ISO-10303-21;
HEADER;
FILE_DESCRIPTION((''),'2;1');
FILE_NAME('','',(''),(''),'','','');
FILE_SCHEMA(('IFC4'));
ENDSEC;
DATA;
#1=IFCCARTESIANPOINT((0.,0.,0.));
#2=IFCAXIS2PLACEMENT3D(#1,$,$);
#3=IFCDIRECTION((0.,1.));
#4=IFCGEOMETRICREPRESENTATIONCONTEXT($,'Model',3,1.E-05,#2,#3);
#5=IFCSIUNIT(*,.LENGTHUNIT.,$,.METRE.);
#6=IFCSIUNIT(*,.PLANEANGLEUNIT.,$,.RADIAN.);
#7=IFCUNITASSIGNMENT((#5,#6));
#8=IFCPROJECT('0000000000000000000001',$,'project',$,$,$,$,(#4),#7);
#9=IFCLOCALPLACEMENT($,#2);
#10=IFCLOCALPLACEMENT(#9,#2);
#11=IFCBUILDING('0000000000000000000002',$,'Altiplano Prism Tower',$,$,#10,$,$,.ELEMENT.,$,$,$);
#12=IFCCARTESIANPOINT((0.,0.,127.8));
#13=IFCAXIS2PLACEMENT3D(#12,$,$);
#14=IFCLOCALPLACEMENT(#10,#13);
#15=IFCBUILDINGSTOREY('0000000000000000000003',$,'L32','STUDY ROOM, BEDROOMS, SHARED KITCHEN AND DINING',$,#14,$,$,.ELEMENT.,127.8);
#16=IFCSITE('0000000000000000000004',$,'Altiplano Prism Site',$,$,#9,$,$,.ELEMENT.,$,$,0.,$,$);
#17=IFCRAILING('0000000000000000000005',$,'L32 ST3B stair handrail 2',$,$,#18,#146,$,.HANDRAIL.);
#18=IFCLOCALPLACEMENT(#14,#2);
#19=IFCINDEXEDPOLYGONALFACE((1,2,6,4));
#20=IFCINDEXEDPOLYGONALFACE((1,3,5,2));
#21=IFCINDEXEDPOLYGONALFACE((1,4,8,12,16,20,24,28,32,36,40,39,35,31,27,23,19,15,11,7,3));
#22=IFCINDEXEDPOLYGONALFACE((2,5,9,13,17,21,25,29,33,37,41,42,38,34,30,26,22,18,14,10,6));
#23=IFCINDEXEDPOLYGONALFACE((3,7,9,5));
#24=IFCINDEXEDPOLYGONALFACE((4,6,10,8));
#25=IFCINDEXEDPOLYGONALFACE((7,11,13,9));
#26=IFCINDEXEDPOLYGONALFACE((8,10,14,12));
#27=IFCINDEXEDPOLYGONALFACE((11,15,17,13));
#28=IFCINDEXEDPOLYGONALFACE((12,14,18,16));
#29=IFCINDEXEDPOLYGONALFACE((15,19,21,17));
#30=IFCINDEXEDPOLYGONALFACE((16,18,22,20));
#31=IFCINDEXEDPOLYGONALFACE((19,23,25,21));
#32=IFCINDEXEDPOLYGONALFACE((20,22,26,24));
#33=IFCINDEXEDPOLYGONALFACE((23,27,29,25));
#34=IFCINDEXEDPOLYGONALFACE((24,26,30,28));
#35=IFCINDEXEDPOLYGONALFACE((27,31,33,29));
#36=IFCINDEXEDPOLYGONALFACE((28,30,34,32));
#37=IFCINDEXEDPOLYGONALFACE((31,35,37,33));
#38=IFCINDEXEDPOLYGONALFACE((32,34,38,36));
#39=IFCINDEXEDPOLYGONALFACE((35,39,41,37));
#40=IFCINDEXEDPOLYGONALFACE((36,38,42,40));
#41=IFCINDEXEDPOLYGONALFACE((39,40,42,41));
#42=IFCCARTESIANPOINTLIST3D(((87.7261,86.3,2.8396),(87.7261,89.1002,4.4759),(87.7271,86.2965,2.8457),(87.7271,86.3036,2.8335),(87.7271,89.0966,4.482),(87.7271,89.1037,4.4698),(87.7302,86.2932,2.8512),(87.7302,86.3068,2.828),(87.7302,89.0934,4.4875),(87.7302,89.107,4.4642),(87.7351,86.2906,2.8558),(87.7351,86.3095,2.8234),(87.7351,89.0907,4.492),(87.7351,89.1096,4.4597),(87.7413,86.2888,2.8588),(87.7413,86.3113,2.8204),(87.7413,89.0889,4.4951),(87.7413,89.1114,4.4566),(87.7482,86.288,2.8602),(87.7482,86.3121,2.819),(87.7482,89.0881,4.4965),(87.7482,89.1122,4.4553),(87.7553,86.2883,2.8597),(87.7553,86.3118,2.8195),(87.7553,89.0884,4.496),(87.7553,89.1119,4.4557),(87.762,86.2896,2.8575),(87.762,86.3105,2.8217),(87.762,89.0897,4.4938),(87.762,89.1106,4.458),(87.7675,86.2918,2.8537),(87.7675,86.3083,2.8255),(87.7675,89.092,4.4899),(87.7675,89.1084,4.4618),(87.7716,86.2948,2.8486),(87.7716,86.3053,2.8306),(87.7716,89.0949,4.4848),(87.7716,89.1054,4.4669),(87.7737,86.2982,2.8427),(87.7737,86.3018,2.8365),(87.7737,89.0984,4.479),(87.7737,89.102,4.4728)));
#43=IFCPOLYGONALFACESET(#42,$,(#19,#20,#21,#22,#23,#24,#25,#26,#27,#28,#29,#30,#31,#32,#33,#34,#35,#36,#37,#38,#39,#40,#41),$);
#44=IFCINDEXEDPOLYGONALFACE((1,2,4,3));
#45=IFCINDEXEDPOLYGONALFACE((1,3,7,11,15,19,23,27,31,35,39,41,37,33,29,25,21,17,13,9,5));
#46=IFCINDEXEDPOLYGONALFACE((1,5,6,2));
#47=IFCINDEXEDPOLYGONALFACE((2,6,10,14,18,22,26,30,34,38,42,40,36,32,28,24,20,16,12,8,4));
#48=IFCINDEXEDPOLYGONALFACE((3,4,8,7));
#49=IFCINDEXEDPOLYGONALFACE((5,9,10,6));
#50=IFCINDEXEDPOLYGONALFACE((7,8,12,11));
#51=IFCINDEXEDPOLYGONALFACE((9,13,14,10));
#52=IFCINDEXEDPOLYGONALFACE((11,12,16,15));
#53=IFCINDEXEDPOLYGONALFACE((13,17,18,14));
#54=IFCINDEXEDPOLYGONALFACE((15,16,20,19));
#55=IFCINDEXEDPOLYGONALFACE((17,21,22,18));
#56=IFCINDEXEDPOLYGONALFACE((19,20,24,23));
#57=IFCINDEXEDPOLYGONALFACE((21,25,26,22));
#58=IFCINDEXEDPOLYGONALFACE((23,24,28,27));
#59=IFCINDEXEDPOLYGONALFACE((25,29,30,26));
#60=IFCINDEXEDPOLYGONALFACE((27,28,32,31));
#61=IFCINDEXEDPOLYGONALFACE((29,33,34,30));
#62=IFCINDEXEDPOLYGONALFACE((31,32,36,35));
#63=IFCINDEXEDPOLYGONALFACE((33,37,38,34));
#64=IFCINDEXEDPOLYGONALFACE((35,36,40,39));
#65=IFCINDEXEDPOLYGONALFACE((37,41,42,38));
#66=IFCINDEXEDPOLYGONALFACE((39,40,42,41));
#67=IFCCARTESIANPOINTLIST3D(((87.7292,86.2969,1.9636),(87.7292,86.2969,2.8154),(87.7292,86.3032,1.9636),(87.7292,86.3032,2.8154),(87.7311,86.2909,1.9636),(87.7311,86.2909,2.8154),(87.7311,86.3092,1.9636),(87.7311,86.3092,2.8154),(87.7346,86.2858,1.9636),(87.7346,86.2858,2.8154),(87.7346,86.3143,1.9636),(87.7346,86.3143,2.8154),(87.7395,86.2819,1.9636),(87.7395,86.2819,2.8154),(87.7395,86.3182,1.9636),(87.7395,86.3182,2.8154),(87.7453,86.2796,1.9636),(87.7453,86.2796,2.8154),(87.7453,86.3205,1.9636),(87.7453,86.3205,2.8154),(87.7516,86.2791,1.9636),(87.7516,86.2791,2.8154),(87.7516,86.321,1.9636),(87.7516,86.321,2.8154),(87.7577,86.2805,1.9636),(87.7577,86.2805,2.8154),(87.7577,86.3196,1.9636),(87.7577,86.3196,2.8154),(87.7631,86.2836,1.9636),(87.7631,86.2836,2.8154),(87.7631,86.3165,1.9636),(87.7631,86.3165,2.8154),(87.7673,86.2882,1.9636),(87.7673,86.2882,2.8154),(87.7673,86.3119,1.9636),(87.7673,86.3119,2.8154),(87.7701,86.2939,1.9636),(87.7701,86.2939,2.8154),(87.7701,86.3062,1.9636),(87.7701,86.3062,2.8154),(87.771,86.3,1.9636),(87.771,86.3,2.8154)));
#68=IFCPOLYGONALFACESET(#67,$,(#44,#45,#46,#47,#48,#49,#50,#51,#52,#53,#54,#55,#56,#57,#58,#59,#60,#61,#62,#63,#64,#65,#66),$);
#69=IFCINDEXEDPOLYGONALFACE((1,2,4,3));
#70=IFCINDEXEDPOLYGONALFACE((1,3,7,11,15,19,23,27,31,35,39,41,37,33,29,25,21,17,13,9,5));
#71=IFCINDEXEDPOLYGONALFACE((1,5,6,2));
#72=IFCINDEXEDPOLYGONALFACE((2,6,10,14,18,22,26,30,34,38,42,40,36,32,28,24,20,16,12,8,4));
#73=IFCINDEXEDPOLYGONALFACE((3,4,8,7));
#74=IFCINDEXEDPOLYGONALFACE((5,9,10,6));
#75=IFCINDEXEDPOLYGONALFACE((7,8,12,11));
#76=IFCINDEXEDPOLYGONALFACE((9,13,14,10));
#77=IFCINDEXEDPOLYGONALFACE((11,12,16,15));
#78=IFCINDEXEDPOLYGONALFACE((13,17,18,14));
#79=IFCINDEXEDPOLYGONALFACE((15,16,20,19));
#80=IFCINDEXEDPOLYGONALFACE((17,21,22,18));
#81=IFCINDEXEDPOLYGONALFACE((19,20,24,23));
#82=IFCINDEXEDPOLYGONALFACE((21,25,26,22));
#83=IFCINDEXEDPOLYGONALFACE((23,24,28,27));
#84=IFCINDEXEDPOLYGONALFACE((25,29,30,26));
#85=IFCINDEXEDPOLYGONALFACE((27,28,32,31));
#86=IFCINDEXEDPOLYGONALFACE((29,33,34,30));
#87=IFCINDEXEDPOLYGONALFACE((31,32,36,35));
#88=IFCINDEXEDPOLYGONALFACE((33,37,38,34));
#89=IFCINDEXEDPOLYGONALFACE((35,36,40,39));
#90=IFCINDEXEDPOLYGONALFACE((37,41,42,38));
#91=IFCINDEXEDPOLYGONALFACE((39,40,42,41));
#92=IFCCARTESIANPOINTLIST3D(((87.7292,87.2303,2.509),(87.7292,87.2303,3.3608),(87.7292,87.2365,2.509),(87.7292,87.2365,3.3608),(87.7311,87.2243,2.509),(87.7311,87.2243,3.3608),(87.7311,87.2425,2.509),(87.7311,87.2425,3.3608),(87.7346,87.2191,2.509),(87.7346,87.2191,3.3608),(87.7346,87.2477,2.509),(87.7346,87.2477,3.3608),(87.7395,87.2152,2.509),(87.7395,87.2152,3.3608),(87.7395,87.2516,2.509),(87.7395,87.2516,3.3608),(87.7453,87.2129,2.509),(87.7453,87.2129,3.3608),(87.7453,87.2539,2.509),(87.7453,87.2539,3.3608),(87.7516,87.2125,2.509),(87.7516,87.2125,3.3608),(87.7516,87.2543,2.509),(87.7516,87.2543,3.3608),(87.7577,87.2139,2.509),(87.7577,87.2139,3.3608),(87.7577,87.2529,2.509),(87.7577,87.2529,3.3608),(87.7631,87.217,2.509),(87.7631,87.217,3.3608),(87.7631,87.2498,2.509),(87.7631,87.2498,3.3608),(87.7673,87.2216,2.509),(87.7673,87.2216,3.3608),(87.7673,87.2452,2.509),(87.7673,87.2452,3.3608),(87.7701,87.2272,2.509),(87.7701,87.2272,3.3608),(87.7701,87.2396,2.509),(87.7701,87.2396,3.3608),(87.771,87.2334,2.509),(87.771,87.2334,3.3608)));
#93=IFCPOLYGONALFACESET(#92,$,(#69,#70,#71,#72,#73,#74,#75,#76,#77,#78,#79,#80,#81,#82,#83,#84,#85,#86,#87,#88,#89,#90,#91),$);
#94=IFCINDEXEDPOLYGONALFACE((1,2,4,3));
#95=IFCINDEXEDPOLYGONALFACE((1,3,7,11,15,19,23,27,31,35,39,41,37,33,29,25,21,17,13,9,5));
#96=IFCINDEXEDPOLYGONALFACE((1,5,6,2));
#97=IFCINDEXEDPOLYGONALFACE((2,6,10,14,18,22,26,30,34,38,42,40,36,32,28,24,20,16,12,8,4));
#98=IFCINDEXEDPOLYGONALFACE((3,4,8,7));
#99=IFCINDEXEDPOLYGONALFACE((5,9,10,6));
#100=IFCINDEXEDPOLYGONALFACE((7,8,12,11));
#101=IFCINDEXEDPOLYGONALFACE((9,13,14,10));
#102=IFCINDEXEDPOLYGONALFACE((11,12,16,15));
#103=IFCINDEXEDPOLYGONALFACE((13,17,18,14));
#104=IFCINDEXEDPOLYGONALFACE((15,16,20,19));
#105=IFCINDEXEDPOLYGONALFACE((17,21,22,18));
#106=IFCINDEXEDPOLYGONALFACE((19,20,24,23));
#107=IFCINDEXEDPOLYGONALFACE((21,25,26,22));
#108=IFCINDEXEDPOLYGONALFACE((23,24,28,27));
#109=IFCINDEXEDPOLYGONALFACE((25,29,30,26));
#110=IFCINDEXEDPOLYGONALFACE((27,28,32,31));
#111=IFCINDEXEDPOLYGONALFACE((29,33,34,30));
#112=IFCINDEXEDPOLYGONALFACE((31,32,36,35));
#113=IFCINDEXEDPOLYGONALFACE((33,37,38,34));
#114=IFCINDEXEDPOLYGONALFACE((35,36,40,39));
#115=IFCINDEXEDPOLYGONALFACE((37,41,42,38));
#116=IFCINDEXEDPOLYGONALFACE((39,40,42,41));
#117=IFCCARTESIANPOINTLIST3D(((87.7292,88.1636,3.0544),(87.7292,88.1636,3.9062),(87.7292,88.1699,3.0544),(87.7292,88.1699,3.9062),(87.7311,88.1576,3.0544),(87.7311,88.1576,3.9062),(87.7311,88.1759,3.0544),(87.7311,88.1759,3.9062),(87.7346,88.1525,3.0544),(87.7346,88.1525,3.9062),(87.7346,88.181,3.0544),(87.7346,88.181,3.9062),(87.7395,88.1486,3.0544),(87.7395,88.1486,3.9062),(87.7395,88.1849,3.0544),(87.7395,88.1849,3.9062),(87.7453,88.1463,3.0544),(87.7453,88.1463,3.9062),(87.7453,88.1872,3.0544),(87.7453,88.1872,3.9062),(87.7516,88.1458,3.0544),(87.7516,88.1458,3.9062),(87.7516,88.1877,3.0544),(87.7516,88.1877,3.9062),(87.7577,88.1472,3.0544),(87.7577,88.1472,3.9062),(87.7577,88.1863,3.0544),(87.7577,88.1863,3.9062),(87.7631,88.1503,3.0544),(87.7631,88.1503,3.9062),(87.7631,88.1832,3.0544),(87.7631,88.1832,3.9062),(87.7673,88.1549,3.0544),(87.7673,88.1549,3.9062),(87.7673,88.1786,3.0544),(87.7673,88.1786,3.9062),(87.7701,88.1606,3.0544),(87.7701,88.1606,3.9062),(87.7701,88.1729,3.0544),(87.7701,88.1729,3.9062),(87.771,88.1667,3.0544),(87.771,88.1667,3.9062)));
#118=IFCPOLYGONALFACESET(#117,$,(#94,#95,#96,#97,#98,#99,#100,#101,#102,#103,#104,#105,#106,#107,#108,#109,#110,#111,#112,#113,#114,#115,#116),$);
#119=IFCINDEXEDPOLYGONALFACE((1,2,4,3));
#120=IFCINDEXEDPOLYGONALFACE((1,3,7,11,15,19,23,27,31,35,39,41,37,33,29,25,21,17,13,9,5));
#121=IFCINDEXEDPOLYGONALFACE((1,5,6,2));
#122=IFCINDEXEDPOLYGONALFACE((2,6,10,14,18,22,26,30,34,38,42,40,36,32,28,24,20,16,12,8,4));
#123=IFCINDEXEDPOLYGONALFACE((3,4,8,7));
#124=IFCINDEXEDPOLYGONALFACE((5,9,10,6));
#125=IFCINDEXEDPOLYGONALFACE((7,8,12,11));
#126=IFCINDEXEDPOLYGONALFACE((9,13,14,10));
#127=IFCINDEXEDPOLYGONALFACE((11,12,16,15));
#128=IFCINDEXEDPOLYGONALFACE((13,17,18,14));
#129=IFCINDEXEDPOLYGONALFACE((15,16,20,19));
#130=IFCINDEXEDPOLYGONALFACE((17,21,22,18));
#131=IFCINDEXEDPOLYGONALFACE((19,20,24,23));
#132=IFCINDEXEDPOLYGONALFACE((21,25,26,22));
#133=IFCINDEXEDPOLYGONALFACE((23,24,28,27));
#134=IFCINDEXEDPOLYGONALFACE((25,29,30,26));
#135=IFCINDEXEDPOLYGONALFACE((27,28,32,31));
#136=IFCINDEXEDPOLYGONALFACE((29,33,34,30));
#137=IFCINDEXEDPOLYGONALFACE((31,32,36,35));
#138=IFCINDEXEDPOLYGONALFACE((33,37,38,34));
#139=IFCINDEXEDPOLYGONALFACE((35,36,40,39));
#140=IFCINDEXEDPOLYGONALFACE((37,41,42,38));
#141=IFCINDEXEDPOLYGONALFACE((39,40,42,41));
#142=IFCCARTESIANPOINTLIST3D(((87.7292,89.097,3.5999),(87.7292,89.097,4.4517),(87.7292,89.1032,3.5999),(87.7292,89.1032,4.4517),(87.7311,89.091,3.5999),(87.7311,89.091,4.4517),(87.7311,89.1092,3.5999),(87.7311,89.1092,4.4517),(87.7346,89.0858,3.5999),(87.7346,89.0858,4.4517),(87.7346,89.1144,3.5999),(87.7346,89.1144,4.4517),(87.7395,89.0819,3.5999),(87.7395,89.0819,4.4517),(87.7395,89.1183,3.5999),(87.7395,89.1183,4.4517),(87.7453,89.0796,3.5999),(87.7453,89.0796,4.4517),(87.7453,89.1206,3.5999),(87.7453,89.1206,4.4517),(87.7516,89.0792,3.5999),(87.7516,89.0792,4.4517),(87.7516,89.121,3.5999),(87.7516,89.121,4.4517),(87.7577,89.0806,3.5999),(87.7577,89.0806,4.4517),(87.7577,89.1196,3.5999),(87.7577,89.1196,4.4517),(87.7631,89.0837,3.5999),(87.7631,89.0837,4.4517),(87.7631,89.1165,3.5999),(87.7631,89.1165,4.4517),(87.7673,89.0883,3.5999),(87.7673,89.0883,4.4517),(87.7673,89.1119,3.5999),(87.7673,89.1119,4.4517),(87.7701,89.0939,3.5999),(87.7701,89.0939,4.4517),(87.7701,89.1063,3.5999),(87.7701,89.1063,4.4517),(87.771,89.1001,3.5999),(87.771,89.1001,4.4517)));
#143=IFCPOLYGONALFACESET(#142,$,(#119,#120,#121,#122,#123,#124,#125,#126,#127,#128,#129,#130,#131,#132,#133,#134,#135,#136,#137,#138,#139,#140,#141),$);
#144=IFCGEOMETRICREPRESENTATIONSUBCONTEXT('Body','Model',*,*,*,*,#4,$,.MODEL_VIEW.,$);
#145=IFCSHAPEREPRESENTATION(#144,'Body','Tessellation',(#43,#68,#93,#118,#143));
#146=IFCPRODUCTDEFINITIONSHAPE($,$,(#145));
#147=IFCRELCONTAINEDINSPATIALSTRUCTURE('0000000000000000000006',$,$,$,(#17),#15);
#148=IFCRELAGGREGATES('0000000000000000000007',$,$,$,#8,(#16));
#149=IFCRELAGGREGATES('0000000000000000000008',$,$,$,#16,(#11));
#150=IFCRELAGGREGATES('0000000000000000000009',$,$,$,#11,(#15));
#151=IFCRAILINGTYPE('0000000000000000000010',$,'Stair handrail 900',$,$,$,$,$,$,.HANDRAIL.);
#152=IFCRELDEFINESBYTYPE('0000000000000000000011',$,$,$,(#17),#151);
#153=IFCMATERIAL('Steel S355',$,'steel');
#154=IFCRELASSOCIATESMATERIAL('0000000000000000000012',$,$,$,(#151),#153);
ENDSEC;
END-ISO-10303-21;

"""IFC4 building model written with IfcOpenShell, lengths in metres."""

from ifc_helpers import new_model, si_unit, direction, frame, origin, origin_2d, place, context, subcontext, project, spatial, circle, extrude, material, type_object, element, save


model = new_model("IFC4")

# Units and contexts
model_context = context("Model", 3, precision=1e-05, world=origin(), true_north=direction((0.0, 1.0)))
body_context = subcontext(model_context, "Body", "Model", "MODEL_VIEW")
ifc_project = project(units=[si_unit("LENGTHUNIT", "METRE"), si_unit("PLANEANGLEUNIT", "RADIAN")], contexts=[model_context])

# Site, building, storey
site_placement = place(None, origin())
site = spatial("IfcSite", under=ifc_project, at=site_placement, Name="Altiplano Prism Site", CompositionType="ELEMENT", RefElevation=0.0)
building_placement = place(site_placement, origin())
building = spatial("IfcBuilding", under=site, at=building_placement, Name="Altiplano Prism Tower", CompositionType="ELEMENT")
storey_placement = place(building_placement, frame((0.0, 0.0, 127.8)))
storey = spatial("IfcBuildingStorey", under=building, at=storey_placement, Name="L32", Description="STUDY ROOM, BEDROOMS, SHARED KITCHEN AND DINING", CompositionType="ELEMENT", Elevation=127.8)

# Railing
ifc_material_1 = material(Name="Steel S355", Category="steel")
railing_type_1 = type_object("IfcRailingType", Name="Stair handrail 900", PredefinedType="HANDRAIL", material=ifc_material_1)
railing_1_placement = place(storey_placement, frame((87.75, 86.3, 1.9636)))
element("IfcRailing", 1, at=railing_1_placement, inside=storey, type_object=railing_type_1, Name="L32 ST3B stair handrail 2", PredefinedType="HANDRAIL", context=body_context, shape_type="SweptSolid", body=[
    extrude(circle(Radius=0.0239, at=origin_2d()), frame((0.0, 0.0, 0.876), z_axis=(0.0, 0.863394, 0.504531), x_axis=(-1.0, 0.0, 0.0)), (0.0, 0.0, 1.0), 3.2432),
    extrude(circle(Radius=0.021, at=origin_2d()), origin(), (0.0, 0.0, 1.0), 0.8518),
    extrude(circle(Radius=0.021, at=origin_2d()), frame((0.0, 0.9333, 0.5454)), (0.0, 0.0, 1.0), 0.8518),
    extrude(circle(Radius=0.021, at=origin_2d()), frame((0.0, 1.8667, 1.0908)), (0.0, 0.0, 1.0), 0.8518),
    extrude(circle(Radius=0.021, at=origin_2d()), frame((0.0, 2.8, 1.6362)), (0.0, 0.0, 1.0), 0.8518),
])

save(model, "model.ifc")
